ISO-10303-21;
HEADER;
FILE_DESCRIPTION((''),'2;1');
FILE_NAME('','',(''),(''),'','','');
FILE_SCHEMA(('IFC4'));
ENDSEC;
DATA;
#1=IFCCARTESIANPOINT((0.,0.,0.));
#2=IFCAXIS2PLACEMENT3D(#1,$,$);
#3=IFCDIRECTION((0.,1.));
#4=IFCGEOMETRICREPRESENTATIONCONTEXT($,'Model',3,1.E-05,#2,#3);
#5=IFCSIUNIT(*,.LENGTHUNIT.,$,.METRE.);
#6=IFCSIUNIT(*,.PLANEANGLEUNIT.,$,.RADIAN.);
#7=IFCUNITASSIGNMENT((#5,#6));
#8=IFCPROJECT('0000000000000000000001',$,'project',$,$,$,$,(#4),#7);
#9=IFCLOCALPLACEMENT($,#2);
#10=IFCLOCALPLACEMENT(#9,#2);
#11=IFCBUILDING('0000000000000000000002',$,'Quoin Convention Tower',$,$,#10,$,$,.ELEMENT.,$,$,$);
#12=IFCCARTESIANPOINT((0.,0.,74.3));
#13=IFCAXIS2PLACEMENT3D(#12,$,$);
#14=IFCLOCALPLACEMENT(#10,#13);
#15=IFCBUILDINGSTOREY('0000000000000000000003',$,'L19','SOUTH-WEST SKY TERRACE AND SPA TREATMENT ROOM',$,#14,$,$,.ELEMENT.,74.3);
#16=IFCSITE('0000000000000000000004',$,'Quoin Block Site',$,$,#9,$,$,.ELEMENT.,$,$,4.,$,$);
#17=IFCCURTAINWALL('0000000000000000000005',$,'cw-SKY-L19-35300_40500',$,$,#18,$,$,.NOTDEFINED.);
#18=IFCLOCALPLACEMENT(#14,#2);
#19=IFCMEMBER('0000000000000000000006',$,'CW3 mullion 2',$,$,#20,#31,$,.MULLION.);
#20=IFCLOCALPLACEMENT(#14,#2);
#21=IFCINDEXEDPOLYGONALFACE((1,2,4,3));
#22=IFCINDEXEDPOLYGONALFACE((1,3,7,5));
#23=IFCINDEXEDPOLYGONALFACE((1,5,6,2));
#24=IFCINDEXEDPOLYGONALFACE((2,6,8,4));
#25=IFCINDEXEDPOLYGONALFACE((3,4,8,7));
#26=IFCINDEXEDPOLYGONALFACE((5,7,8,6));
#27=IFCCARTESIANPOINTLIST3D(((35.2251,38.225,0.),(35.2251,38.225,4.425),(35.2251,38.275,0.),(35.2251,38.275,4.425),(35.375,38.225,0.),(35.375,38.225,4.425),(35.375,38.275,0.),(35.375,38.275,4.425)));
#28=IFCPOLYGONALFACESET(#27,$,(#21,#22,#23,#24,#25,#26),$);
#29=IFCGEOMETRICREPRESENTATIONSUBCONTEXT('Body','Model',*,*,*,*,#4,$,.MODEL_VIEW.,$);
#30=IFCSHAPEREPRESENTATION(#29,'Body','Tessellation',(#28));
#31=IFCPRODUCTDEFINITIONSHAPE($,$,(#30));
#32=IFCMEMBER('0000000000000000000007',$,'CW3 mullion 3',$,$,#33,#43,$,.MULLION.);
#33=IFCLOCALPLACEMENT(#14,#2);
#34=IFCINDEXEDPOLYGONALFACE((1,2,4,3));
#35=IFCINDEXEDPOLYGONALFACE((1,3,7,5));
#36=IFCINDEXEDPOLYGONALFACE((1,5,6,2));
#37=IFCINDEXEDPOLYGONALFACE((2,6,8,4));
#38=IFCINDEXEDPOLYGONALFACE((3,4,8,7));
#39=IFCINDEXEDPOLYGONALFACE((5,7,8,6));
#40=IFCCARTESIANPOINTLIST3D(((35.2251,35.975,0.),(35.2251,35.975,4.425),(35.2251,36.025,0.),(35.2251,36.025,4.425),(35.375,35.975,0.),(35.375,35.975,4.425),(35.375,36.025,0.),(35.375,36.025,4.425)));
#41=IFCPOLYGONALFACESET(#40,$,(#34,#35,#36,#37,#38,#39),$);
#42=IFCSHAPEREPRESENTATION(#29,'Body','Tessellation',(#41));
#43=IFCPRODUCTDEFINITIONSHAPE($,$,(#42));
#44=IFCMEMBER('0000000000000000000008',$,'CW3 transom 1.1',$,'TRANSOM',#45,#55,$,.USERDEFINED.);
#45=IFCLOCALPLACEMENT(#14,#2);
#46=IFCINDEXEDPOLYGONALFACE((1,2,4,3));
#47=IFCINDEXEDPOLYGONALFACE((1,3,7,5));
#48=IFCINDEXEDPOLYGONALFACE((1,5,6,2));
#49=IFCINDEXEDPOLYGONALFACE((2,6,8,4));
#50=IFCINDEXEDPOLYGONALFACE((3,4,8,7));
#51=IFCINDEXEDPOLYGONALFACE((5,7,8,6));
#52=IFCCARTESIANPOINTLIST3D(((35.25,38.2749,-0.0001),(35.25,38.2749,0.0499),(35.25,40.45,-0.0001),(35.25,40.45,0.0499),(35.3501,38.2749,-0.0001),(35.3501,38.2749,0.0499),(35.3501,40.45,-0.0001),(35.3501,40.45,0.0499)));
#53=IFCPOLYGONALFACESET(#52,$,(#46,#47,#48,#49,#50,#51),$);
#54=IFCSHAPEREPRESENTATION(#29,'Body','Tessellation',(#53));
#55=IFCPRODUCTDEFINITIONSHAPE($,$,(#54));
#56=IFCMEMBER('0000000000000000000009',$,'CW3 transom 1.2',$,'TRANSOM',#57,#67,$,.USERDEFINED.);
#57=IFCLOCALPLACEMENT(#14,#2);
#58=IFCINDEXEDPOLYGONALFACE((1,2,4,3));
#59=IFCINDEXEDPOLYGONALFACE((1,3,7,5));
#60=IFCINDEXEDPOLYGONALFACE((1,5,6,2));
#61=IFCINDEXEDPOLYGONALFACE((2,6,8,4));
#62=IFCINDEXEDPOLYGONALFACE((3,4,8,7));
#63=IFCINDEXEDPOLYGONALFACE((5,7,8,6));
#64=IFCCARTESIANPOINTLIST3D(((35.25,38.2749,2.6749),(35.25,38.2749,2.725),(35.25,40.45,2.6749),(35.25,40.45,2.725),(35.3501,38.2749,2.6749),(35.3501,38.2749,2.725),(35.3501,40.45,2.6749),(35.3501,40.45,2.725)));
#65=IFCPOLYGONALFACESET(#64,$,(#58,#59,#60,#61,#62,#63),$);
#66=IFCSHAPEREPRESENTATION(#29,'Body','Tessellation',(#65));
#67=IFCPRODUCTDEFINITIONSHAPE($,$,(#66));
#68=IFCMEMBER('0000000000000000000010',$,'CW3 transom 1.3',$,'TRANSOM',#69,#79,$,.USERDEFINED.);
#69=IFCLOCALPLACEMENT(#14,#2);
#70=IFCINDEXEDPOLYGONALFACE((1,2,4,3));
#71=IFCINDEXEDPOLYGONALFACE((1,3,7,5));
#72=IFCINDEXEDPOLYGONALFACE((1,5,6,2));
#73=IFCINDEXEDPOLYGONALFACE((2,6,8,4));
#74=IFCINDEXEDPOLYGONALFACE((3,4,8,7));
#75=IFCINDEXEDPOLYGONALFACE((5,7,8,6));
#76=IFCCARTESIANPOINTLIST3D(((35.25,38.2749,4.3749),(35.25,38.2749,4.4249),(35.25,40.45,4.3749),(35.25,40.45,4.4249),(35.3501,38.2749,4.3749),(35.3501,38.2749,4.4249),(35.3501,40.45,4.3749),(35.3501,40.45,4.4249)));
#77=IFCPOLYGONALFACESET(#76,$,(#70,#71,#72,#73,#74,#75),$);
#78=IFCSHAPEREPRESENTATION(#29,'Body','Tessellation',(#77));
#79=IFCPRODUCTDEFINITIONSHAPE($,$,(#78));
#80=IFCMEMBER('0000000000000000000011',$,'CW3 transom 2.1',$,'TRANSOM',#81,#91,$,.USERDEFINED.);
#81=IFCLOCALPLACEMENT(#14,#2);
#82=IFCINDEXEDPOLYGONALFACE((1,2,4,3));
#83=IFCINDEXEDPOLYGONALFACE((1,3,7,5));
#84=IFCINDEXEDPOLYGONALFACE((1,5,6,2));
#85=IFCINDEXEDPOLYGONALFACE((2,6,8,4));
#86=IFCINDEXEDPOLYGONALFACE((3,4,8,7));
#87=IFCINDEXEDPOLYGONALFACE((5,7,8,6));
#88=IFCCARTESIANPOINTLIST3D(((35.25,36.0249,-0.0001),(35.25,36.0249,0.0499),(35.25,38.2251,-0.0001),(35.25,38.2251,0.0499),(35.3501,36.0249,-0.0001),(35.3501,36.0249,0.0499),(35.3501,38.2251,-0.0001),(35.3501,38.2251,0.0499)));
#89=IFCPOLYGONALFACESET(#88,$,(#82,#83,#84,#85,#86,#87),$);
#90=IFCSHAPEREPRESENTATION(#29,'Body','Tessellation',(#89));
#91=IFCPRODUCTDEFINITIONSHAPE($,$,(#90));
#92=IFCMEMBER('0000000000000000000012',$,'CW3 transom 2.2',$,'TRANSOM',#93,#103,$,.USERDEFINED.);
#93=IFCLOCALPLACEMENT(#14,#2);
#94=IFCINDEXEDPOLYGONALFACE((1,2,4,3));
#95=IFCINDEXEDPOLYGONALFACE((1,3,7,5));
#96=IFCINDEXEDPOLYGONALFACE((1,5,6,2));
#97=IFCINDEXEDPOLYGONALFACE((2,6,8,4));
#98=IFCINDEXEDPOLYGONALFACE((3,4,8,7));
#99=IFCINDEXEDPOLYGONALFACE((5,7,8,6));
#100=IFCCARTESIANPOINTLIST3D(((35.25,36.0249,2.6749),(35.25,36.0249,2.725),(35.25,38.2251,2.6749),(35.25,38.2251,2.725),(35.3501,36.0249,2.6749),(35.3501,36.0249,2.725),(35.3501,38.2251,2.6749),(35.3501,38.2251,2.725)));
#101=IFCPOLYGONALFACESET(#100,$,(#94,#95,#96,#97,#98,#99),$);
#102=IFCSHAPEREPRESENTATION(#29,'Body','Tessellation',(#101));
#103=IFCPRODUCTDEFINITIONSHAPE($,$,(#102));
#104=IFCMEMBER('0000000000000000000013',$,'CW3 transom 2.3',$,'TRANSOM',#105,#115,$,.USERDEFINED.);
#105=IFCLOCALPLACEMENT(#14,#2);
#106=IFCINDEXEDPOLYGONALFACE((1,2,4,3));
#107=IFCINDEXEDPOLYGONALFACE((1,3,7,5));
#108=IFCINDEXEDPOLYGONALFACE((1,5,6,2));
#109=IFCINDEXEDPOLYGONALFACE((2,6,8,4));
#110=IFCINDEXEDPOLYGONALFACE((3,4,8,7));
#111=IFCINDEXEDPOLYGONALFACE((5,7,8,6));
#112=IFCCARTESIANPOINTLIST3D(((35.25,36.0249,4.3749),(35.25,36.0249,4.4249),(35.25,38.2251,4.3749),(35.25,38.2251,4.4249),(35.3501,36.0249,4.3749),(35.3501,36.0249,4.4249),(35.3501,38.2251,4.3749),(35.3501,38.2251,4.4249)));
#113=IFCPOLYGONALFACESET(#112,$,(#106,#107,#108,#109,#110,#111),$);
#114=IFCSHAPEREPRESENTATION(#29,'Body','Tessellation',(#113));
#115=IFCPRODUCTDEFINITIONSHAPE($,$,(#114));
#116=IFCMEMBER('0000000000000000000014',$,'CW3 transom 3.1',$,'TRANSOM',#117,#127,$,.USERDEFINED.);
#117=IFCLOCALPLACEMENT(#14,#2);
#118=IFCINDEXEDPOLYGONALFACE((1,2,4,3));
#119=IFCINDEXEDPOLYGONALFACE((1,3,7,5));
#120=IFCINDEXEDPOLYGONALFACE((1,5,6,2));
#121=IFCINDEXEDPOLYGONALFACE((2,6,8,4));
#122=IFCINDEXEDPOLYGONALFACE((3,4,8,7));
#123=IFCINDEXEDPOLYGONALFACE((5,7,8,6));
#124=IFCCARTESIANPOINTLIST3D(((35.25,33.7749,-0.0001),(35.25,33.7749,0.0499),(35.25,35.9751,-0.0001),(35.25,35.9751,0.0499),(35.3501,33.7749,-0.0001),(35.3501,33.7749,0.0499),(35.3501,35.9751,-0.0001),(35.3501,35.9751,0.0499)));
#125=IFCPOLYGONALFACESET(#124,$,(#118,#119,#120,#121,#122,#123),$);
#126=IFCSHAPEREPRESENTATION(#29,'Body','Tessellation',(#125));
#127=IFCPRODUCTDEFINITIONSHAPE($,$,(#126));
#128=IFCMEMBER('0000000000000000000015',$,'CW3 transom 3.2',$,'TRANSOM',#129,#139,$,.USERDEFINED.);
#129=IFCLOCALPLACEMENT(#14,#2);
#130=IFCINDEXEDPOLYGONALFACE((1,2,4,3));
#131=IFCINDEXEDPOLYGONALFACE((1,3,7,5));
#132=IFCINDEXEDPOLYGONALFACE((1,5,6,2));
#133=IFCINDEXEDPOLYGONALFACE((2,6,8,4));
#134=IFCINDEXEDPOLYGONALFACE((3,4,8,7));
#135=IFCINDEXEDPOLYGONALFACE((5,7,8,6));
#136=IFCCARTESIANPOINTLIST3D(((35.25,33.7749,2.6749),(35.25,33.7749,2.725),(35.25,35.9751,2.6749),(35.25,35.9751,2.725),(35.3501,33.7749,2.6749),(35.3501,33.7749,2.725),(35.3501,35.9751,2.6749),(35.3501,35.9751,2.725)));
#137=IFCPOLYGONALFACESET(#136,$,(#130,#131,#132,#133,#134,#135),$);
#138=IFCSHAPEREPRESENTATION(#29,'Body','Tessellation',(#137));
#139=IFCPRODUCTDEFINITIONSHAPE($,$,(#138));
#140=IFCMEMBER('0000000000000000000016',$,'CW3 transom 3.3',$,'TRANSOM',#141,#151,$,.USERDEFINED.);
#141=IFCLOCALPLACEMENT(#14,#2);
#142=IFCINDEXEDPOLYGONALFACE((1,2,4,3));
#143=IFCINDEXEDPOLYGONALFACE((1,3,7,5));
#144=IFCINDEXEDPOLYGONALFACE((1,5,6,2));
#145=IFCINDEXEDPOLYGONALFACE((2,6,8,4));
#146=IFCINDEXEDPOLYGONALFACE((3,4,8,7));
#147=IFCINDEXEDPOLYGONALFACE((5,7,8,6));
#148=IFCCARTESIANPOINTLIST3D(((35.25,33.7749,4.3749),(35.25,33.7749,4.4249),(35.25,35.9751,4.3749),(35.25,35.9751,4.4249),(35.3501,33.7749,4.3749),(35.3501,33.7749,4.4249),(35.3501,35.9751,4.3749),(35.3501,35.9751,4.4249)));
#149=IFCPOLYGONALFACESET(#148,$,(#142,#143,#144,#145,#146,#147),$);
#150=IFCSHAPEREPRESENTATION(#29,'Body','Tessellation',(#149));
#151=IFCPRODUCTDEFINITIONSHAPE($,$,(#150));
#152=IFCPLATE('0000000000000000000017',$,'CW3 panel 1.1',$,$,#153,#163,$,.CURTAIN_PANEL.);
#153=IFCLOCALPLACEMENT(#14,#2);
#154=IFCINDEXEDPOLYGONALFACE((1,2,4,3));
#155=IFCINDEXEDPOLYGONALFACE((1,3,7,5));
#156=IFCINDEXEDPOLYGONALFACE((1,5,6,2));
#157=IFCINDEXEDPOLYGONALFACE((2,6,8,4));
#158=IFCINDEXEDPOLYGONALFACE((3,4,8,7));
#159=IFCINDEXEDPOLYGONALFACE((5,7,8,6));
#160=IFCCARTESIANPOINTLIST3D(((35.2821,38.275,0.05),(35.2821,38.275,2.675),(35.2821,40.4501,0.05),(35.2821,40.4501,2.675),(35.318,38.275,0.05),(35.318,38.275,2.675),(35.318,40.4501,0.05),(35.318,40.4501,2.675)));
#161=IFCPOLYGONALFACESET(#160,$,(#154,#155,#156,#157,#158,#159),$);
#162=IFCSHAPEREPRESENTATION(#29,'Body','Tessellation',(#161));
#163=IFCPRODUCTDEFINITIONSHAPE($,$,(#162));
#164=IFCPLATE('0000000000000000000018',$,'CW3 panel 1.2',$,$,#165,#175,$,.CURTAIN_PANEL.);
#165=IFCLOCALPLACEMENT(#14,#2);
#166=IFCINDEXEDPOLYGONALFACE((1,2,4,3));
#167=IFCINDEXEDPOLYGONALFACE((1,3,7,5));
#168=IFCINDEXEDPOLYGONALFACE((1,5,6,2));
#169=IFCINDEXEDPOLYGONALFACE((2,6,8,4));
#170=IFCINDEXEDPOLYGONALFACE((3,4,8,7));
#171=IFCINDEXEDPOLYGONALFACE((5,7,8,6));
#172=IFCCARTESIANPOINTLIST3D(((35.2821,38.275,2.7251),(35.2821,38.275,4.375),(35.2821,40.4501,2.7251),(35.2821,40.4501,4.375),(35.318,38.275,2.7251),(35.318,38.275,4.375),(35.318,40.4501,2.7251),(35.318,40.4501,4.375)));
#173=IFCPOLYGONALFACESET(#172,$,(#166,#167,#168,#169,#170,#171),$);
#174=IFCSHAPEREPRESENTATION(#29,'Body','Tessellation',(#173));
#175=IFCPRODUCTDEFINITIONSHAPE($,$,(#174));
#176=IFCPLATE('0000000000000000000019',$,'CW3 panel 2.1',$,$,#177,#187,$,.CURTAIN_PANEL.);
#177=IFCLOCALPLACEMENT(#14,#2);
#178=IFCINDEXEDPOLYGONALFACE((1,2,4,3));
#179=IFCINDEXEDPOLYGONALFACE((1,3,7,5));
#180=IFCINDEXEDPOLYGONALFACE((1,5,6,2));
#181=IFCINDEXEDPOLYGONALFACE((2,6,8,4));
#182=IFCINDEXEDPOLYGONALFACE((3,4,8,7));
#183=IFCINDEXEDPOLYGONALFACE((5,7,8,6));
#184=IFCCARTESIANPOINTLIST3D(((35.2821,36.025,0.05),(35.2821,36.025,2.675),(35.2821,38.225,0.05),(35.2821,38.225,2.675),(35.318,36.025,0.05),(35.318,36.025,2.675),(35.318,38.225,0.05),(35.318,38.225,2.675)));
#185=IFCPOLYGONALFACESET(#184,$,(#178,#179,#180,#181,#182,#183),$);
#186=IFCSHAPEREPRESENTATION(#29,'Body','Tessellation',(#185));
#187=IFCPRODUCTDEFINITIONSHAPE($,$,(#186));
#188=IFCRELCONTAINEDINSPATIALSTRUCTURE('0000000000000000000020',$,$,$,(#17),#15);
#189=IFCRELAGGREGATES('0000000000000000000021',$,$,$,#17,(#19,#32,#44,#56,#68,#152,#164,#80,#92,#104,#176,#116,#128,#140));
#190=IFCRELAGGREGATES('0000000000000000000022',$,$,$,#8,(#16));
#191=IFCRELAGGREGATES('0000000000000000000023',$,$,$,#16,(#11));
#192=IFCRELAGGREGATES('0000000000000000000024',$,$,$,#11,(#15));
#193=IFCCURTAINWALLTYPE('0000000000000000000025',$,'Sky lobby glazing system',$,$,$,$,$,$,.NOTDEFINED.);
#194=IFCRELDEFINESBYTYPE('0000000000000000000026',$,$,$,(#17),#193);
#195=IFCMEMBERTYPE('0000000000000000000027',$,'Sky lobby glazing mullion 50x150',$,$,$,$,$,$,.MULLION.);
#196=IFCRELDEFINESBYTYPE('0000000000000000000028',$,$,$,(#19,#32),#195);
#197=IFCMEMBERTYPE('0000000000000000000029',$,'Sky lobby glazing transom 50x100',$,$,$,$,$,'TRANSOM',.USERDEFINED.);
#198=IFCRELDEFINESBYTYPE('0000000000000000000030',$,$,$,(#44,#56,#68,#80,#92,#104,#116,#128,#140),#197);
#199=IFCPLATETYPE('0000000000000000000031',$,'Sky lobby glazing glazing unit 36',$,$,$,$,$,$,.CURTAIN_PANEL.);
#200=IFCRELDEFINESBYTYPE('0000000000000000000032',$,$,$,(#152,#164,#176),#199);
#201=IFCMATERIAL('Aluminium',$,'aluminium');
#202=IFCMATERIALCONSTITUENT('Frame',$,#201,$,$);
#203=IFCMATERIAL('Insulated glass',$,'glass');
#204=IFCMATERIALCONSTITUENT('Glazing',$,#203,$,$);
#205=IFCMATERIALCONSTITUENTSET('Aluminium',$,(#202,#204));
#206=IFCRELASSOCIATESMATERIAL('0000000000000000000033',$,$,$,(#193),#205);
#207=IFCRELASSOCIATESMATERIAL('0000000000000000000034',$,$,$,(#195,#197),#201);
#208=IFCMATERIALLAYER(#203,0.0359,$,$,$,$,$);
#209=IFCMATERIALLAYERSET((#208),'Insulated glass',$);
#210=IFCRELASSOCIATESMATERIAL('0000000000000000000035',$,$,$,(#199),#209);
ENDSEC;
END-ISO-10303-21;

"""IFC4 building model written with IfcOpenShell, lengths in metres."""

from ifc_helpers import new_model, si_unit, direction, frame, origin, origin_2d, place, context, subcontext, project, spatial, rectangle, extrude, material, layer, layer_set, constituent, constituent_set, material_profile, profile_set, type_object, element, aggregate, save


model = new_model("IFC4")

# Units and contexts
model_context = context("Model", 3, precision=1e-05, world=origin(), true_north=direction((0.0, 1.0)))
body_context = subcontext(model_context, "Body", "Model", "MODEL_VIEW")
ifc_project = project(units=[si_unit("LENGTHUNIT", "METRE"), si_unit("PLANEANGLEUNIT", "RADIAN")], contexts=[model_context])

# Site, building, storey
site_placement = place(None, origin())
site = spatial("IfcSite", under=ifc_project, at=site_placement, Name="Quoin Block Site", CompositionType="ELEMENT", RefElevation=4.0)
building_placement = place(site_placement, origin())
building = spatial("IfcBuilding", under=site, at=building_placement, Name="Quoin Convention Tower", CompositionType="ELEMENT")
storey_placement = place(building_placement, frame((0.0, 0.0, 74.3)))
storey = spatial("IfcBuildingStorey", under=building, at=storey_placement, Name="L19", Description="SOUTH-WEST SKY TERRACE AND SPA TREATMENT ROOM", CompositionType="ELEMENT", Elevation=74.3)

# Shared definitions
ifc_material_1 = material(Name="Aluminium", Category="aluminium")
ifc_constituent_1 = constituent(ifc_material_1, Name="Frame")
ifc_material_2 = material(Name="Insulated glass", Category="glass")
ifc_constituent_2 = constituent(ifc_material_2, Name="Glazing")
ifc_constituent_set = constituent_set(constituents=[ifc_constituent_1, ifc_constituent_2], Name="Aluminium")
curtain_wall_type = type_object("IfcCurtainWallType", Name="Sky lobby glazing system", PredefinedType="NOTDEFINED", material=ifc_constituent_set)
ifc_material_profile_1 = material_profile(ifc_material_1, rectangle(XDim=0.1499, YDim=0.05, at=origin_2d()), Name="Sky lobby glazing mullion 50x150")
ifc_profile_set_1 = profile_set([ifc_material_profile_1], Name="Aluminium")
member_type_1 = type_object("IfcMemberType", Name="Sky lobby glazing mullion 50x150", PredefinedType="MULLION", material=ifc_profile_set_1)

# Curtain wall, members, plates
curtain_wall_1_placement = place(storey_placement, origin())
curtain_wall_1 = element("IfcCurtainWall", 1, at=curtain_wall_1_placement, inside=storey, type_object=curtain_wall_type, Name="cw-SKY-L19-35300_40500", PredefinedType="NOTDEFINED")
member_1_placement = place(storey_placement, frame((35.3, 38.25, 0.0), z_axis=(0.0, 0.0, 1.0), x_axis=(1.0, 0.0, 0.0)))
member_1 = element("IfcMember", 2, at=member_1_placement, type_object=member_type_1, Name="CW3 mullion 2", PredefinedType="MULLION", context=body_context, shape_type="SweptSolid", body=[
    extrude(rectangle(XDim=0.1499, YDim=0.05, at=origin_2d()), origin(), (0.0, 0.0, 1.0), 4.425),
])
member_2_placement = place(storey_placement, frame((35.3, 36.0, 0.0), z_axis=(0.0, 0.0, 1.0), x_axis=(1.0, 0.0, 0.0)))
member_2 = element("IfcMember", 3, at=member_2_placement, type_object=member_type_1, Name="CW3 mullion 3", PredefinedType="MULLION", context=body_context, shape_type="SweptSolid", body=[
    extrude(rectangle(XDim=0.1499, YDim=0.05, at=origin_2d()), origin(), (0.0, 0.0, 1.0), 4.425),
])
ifc_material_profile_2 = material_profile(ifc_material_1, rectangle(XDim=0.1001, YDim=0.05, at=origin_2d()), Name="Sky lobby glazing transom 50x100")
ifc_profile_set_2 = profile_set([ifc_material_profile_2], Name="Aluminium")
member_type_2 = type_object("IfcMemberType", Name="Sky lobby glazing transom 50x100", ElementType="TRANSOM", PredefinedType="USERDEFINED", material=ifc_profile_set_2)
member_3_placement = place(storey_placement, frame((35.3, 40.45, 0.0249), z_axis=(0.0, -1.0, 0.0), x_axis=(1.0, 0.0, 0.0)))
member_3 = element("IfcMember", 4, at=member_3_placement, type_object=member_type_2, Name="CW3 transom 1.1", ObjectType="TRANSOM", PredefinedType="USERDEFINED", context=body_context, shape_type="SweptSolid", body=[
    extrude(rectangle(XDim=0.1001, YDim=0.05, at=origin_2d()), origin(), (0.0, 0.0, 1.0), 2.175),
])
member_4_placement = place(storey_placement, frame((35.3, 40.45, 2.7), z_axis=(0.0, -1.0, 0.0), x_axis=(1.0, 0.0, 0.0)))
member_4 = element("IfcMember", 5, at=member_4_placement, type_object=member_type_2, Name="CW3 transom 1.2", ObjectType="TRANSOM", PredefinedType="USERDEFINED", context=body_context, shape_type="SweptSolid", body=[
    extrude(rectangle(XDim=0.1001, YDim=0.05, at=origin_2d()), origin(), (0.0, 0.0, 1.0), 2.175),
])
member_5_placement = place(storey_placement, frame((35.3, 40.45, 4.3999), z_axis=(0.0, -1.0, 0.0), x_axis=(1.0, 0.0, 0.0)))
member_5 = element("IfcMember", 6, at=member_5_placement, type_object=member_type_2, Name="CW3 transom 1.3", ObjectType="TRANSOM", PredefinedType="USERDEFINED", context=body_context, shape_type="SweptSolid", body=[
    extrude(rectangle(XDim=0.1001, YDim=0.05, at=origin_2d()), origin(), (0.0, 0.0, 1.0), 2.175),
])
member_6_placement = place(storey_placement, frame((35.3, 38.2251, 0.0249), z_axis=(0.0, -1.0, 0.0), x_axis=(1.0, 0.0, 0.0)))
member_6 = element("IfcMember", 7, at=member_6_placement, type_object=member_type_2, Name="CW3 transom 2.1", ObjectType="TRANSOM", PredefinedType="USERDEFINED", context=body_context, shape_type="SweptSolid", body=[
    extrude(rectangle(XDim=0.1001, YDim=0.05, at=origin_2d()), origin(), (0.0, 0.0, 1.0), 2.2002),
])
member_7_placement = place(storey_placement, frame((35.3, 38.2251, 2.7), z_axis=(0.0, -1.0, 0.0), x_axis=(1.0, 0.0, 0.0)))
member_7 = element("IfcMember", 8, at=member_7_placement, type_object=member_type_2, Name="CW3 transom 2.2", ObjectType="TRANSOM", PredefinedType="USERDEFINED", context=body_context, shape_type="SweptSolid", body=[
    extrude(rectangle(XDim=0.1001, YDim=0.05, at=origin_2d()), origin(), (0.0, 0.0, 1.0), 2.2002),
])
member_8_placement = place(storey_placement, frame((35.3, 38.2251, 4.3999), z_axis=(0.0, -1.0, 0.0), x_axis=(1.0, 0.0, 0.0)))
member_8 = element("IfcMember", 9, at=member_8_placement, type_object=member_type_2, Name="CW3 transom 2.3", ObjectType="TRANSOM", PredefinedType="USERDEFINED", context=body_context, shape_type="SweptSolid", body=[
    extrude(rectangle(XDim=0.1001, YDim=0.05, at=origin_2d()), origin(), (0.0, 0.0, 1.0), 2.2002),
])
member_9_placement = place(storey_placement, frame((35.3, 35.9751, 0.0249), z_axis=(0.0, -1.0, 0.0), x_axis=(1.0, 0.0, 0.0)))
member_9 = element("IfcMember", 10, at=member_9_placement, type_object=member_type_2, Name="CW3 transom 3.1", ObjectType="TRANSOM", PredefinedType="USERDEFINED", context=body_context, shape_type="SweptSolid", body=[
    extrude(rectangle(XDim=0.1001, YDim=0.05, at=origin_2d()), origin(), (0.0, 0.0, 1.0), 2.2002),
])
member_10_placement = place(storey_placement, frame((35.3, 35.9751, 2.7), z_axis=(0.0, -1.0, 0.0), x_axis=(1.0, 0.0, 0.0)))
member_10 = element("IfcMember", 11, at=member_10_placement, type_object=member_type_2, Name="CW3 transom 3.2", ObjectType="TRANSOM", PredefinedType="USERDEFINED", context=body_context, shape_type="SweptSolid", body=[
    extrude(rectangle(XDim=0.1001, YDim=0.05, at=origin_2d()), origin(), (0.0, 0.0, 1.0), 2.2002),
])
member_11_placement = place(storey_placement, frame((35.3, 35.9751, 4.3999), z_axis=(0.0, -1.0, 0.0), x_axis=(1.0, 0.0, 0.0)))
member_11 = element("IfcMember", 12, at=member_11_placement, type_object=member_type_2, Name="CW3 transom 3.3", ObjectType="TRANSOM", PredefinedType="USERDEFINED", context=body_context, shape_type="SweptSolid", body=[
    extrude(rectangle(XDim=0.1001, YDim=0.05, at=origin_2d()), origin(), (0.0, 0.0, 1.0), 2.2002),
])
ifc_layer_1 = layer(ifc_material_2, 0.0359)
ifc_layer_set_1 = layer_set([ifc_layer_1], Name="Insulated glass")
plate_type = type_object("IfcPlateType", Name="Sky lobby glazing glazing unit 36", PredefinedType="CURTAIN_PANEL", material=ifc_layer_set_1)
plate_1_placement = place(storey_placement, frame((35.3, 39.3625, 0.05), z_axis=(0.0, 0.0, 1.0), x_axis=(0.0, -1.0, 0.0)))
plate_1 = element("IfcPlate", 13, at=plate_1_placement, type_object=plate_type, Name="CW3 panel 1.1", PredefinedType="CURTAIN_PANEL", context=body_context, shape_type="SweptSolid", body=[
    extrude(rectangle(XDim=2.175, YDim=0.0359, at=origin_2d()), origin(), (0.0, 0.0, 1.0), 2.625),
])
plate_2_placement = place(storey_placement, frame((35.3, 39.3625, 2.7251), z_axis=(0.0, 0.0, 1.0), x_axis=(0.0, -1.0, 0.0)))
plate_2 = element("IfcPlate", 14, at=plate_2_placement, type_object=plate_type, Name="CW3 panel 1.2", PredefinedType="CURTAIN_PANEL", context=body_context, shape_type="SweptSolid", body=[
    extrude(rectangle(XDim=2.175, YDim=0.0359, at=origin_2d()), origin(), (0.0, 0.0, 1.0), 1.6499),
])
plate_3_placement = place(storey_placement, frame((35.3, 37.125, 0.05), z_axis=(0.0, 0.0, 1.0), x_axis=(0.0, -1.0, 0.0)))
plate_3 = element("IfcPlate", 15, at=plate_3_placement, type_object=plate_type, Name="CW3 panel 2.1", PredefinedType="CURTAIN_PANEL", context=body_context, shape_type="SweptSolid", body=[
    extrude(rectangle(XDim=2.2, YDim=0.0359, at=origin_2d()), origin(), (0.0, 0.0, 1.0), 2.625),
])
aggregate(curtain_wall_1, [member_1, member_2, member_3, member_4, member_5, plate_1, plate_2, member_6, member_7, member_8, plate_3, member_9, member_10, member_11])

save(model, "model.ifc")
